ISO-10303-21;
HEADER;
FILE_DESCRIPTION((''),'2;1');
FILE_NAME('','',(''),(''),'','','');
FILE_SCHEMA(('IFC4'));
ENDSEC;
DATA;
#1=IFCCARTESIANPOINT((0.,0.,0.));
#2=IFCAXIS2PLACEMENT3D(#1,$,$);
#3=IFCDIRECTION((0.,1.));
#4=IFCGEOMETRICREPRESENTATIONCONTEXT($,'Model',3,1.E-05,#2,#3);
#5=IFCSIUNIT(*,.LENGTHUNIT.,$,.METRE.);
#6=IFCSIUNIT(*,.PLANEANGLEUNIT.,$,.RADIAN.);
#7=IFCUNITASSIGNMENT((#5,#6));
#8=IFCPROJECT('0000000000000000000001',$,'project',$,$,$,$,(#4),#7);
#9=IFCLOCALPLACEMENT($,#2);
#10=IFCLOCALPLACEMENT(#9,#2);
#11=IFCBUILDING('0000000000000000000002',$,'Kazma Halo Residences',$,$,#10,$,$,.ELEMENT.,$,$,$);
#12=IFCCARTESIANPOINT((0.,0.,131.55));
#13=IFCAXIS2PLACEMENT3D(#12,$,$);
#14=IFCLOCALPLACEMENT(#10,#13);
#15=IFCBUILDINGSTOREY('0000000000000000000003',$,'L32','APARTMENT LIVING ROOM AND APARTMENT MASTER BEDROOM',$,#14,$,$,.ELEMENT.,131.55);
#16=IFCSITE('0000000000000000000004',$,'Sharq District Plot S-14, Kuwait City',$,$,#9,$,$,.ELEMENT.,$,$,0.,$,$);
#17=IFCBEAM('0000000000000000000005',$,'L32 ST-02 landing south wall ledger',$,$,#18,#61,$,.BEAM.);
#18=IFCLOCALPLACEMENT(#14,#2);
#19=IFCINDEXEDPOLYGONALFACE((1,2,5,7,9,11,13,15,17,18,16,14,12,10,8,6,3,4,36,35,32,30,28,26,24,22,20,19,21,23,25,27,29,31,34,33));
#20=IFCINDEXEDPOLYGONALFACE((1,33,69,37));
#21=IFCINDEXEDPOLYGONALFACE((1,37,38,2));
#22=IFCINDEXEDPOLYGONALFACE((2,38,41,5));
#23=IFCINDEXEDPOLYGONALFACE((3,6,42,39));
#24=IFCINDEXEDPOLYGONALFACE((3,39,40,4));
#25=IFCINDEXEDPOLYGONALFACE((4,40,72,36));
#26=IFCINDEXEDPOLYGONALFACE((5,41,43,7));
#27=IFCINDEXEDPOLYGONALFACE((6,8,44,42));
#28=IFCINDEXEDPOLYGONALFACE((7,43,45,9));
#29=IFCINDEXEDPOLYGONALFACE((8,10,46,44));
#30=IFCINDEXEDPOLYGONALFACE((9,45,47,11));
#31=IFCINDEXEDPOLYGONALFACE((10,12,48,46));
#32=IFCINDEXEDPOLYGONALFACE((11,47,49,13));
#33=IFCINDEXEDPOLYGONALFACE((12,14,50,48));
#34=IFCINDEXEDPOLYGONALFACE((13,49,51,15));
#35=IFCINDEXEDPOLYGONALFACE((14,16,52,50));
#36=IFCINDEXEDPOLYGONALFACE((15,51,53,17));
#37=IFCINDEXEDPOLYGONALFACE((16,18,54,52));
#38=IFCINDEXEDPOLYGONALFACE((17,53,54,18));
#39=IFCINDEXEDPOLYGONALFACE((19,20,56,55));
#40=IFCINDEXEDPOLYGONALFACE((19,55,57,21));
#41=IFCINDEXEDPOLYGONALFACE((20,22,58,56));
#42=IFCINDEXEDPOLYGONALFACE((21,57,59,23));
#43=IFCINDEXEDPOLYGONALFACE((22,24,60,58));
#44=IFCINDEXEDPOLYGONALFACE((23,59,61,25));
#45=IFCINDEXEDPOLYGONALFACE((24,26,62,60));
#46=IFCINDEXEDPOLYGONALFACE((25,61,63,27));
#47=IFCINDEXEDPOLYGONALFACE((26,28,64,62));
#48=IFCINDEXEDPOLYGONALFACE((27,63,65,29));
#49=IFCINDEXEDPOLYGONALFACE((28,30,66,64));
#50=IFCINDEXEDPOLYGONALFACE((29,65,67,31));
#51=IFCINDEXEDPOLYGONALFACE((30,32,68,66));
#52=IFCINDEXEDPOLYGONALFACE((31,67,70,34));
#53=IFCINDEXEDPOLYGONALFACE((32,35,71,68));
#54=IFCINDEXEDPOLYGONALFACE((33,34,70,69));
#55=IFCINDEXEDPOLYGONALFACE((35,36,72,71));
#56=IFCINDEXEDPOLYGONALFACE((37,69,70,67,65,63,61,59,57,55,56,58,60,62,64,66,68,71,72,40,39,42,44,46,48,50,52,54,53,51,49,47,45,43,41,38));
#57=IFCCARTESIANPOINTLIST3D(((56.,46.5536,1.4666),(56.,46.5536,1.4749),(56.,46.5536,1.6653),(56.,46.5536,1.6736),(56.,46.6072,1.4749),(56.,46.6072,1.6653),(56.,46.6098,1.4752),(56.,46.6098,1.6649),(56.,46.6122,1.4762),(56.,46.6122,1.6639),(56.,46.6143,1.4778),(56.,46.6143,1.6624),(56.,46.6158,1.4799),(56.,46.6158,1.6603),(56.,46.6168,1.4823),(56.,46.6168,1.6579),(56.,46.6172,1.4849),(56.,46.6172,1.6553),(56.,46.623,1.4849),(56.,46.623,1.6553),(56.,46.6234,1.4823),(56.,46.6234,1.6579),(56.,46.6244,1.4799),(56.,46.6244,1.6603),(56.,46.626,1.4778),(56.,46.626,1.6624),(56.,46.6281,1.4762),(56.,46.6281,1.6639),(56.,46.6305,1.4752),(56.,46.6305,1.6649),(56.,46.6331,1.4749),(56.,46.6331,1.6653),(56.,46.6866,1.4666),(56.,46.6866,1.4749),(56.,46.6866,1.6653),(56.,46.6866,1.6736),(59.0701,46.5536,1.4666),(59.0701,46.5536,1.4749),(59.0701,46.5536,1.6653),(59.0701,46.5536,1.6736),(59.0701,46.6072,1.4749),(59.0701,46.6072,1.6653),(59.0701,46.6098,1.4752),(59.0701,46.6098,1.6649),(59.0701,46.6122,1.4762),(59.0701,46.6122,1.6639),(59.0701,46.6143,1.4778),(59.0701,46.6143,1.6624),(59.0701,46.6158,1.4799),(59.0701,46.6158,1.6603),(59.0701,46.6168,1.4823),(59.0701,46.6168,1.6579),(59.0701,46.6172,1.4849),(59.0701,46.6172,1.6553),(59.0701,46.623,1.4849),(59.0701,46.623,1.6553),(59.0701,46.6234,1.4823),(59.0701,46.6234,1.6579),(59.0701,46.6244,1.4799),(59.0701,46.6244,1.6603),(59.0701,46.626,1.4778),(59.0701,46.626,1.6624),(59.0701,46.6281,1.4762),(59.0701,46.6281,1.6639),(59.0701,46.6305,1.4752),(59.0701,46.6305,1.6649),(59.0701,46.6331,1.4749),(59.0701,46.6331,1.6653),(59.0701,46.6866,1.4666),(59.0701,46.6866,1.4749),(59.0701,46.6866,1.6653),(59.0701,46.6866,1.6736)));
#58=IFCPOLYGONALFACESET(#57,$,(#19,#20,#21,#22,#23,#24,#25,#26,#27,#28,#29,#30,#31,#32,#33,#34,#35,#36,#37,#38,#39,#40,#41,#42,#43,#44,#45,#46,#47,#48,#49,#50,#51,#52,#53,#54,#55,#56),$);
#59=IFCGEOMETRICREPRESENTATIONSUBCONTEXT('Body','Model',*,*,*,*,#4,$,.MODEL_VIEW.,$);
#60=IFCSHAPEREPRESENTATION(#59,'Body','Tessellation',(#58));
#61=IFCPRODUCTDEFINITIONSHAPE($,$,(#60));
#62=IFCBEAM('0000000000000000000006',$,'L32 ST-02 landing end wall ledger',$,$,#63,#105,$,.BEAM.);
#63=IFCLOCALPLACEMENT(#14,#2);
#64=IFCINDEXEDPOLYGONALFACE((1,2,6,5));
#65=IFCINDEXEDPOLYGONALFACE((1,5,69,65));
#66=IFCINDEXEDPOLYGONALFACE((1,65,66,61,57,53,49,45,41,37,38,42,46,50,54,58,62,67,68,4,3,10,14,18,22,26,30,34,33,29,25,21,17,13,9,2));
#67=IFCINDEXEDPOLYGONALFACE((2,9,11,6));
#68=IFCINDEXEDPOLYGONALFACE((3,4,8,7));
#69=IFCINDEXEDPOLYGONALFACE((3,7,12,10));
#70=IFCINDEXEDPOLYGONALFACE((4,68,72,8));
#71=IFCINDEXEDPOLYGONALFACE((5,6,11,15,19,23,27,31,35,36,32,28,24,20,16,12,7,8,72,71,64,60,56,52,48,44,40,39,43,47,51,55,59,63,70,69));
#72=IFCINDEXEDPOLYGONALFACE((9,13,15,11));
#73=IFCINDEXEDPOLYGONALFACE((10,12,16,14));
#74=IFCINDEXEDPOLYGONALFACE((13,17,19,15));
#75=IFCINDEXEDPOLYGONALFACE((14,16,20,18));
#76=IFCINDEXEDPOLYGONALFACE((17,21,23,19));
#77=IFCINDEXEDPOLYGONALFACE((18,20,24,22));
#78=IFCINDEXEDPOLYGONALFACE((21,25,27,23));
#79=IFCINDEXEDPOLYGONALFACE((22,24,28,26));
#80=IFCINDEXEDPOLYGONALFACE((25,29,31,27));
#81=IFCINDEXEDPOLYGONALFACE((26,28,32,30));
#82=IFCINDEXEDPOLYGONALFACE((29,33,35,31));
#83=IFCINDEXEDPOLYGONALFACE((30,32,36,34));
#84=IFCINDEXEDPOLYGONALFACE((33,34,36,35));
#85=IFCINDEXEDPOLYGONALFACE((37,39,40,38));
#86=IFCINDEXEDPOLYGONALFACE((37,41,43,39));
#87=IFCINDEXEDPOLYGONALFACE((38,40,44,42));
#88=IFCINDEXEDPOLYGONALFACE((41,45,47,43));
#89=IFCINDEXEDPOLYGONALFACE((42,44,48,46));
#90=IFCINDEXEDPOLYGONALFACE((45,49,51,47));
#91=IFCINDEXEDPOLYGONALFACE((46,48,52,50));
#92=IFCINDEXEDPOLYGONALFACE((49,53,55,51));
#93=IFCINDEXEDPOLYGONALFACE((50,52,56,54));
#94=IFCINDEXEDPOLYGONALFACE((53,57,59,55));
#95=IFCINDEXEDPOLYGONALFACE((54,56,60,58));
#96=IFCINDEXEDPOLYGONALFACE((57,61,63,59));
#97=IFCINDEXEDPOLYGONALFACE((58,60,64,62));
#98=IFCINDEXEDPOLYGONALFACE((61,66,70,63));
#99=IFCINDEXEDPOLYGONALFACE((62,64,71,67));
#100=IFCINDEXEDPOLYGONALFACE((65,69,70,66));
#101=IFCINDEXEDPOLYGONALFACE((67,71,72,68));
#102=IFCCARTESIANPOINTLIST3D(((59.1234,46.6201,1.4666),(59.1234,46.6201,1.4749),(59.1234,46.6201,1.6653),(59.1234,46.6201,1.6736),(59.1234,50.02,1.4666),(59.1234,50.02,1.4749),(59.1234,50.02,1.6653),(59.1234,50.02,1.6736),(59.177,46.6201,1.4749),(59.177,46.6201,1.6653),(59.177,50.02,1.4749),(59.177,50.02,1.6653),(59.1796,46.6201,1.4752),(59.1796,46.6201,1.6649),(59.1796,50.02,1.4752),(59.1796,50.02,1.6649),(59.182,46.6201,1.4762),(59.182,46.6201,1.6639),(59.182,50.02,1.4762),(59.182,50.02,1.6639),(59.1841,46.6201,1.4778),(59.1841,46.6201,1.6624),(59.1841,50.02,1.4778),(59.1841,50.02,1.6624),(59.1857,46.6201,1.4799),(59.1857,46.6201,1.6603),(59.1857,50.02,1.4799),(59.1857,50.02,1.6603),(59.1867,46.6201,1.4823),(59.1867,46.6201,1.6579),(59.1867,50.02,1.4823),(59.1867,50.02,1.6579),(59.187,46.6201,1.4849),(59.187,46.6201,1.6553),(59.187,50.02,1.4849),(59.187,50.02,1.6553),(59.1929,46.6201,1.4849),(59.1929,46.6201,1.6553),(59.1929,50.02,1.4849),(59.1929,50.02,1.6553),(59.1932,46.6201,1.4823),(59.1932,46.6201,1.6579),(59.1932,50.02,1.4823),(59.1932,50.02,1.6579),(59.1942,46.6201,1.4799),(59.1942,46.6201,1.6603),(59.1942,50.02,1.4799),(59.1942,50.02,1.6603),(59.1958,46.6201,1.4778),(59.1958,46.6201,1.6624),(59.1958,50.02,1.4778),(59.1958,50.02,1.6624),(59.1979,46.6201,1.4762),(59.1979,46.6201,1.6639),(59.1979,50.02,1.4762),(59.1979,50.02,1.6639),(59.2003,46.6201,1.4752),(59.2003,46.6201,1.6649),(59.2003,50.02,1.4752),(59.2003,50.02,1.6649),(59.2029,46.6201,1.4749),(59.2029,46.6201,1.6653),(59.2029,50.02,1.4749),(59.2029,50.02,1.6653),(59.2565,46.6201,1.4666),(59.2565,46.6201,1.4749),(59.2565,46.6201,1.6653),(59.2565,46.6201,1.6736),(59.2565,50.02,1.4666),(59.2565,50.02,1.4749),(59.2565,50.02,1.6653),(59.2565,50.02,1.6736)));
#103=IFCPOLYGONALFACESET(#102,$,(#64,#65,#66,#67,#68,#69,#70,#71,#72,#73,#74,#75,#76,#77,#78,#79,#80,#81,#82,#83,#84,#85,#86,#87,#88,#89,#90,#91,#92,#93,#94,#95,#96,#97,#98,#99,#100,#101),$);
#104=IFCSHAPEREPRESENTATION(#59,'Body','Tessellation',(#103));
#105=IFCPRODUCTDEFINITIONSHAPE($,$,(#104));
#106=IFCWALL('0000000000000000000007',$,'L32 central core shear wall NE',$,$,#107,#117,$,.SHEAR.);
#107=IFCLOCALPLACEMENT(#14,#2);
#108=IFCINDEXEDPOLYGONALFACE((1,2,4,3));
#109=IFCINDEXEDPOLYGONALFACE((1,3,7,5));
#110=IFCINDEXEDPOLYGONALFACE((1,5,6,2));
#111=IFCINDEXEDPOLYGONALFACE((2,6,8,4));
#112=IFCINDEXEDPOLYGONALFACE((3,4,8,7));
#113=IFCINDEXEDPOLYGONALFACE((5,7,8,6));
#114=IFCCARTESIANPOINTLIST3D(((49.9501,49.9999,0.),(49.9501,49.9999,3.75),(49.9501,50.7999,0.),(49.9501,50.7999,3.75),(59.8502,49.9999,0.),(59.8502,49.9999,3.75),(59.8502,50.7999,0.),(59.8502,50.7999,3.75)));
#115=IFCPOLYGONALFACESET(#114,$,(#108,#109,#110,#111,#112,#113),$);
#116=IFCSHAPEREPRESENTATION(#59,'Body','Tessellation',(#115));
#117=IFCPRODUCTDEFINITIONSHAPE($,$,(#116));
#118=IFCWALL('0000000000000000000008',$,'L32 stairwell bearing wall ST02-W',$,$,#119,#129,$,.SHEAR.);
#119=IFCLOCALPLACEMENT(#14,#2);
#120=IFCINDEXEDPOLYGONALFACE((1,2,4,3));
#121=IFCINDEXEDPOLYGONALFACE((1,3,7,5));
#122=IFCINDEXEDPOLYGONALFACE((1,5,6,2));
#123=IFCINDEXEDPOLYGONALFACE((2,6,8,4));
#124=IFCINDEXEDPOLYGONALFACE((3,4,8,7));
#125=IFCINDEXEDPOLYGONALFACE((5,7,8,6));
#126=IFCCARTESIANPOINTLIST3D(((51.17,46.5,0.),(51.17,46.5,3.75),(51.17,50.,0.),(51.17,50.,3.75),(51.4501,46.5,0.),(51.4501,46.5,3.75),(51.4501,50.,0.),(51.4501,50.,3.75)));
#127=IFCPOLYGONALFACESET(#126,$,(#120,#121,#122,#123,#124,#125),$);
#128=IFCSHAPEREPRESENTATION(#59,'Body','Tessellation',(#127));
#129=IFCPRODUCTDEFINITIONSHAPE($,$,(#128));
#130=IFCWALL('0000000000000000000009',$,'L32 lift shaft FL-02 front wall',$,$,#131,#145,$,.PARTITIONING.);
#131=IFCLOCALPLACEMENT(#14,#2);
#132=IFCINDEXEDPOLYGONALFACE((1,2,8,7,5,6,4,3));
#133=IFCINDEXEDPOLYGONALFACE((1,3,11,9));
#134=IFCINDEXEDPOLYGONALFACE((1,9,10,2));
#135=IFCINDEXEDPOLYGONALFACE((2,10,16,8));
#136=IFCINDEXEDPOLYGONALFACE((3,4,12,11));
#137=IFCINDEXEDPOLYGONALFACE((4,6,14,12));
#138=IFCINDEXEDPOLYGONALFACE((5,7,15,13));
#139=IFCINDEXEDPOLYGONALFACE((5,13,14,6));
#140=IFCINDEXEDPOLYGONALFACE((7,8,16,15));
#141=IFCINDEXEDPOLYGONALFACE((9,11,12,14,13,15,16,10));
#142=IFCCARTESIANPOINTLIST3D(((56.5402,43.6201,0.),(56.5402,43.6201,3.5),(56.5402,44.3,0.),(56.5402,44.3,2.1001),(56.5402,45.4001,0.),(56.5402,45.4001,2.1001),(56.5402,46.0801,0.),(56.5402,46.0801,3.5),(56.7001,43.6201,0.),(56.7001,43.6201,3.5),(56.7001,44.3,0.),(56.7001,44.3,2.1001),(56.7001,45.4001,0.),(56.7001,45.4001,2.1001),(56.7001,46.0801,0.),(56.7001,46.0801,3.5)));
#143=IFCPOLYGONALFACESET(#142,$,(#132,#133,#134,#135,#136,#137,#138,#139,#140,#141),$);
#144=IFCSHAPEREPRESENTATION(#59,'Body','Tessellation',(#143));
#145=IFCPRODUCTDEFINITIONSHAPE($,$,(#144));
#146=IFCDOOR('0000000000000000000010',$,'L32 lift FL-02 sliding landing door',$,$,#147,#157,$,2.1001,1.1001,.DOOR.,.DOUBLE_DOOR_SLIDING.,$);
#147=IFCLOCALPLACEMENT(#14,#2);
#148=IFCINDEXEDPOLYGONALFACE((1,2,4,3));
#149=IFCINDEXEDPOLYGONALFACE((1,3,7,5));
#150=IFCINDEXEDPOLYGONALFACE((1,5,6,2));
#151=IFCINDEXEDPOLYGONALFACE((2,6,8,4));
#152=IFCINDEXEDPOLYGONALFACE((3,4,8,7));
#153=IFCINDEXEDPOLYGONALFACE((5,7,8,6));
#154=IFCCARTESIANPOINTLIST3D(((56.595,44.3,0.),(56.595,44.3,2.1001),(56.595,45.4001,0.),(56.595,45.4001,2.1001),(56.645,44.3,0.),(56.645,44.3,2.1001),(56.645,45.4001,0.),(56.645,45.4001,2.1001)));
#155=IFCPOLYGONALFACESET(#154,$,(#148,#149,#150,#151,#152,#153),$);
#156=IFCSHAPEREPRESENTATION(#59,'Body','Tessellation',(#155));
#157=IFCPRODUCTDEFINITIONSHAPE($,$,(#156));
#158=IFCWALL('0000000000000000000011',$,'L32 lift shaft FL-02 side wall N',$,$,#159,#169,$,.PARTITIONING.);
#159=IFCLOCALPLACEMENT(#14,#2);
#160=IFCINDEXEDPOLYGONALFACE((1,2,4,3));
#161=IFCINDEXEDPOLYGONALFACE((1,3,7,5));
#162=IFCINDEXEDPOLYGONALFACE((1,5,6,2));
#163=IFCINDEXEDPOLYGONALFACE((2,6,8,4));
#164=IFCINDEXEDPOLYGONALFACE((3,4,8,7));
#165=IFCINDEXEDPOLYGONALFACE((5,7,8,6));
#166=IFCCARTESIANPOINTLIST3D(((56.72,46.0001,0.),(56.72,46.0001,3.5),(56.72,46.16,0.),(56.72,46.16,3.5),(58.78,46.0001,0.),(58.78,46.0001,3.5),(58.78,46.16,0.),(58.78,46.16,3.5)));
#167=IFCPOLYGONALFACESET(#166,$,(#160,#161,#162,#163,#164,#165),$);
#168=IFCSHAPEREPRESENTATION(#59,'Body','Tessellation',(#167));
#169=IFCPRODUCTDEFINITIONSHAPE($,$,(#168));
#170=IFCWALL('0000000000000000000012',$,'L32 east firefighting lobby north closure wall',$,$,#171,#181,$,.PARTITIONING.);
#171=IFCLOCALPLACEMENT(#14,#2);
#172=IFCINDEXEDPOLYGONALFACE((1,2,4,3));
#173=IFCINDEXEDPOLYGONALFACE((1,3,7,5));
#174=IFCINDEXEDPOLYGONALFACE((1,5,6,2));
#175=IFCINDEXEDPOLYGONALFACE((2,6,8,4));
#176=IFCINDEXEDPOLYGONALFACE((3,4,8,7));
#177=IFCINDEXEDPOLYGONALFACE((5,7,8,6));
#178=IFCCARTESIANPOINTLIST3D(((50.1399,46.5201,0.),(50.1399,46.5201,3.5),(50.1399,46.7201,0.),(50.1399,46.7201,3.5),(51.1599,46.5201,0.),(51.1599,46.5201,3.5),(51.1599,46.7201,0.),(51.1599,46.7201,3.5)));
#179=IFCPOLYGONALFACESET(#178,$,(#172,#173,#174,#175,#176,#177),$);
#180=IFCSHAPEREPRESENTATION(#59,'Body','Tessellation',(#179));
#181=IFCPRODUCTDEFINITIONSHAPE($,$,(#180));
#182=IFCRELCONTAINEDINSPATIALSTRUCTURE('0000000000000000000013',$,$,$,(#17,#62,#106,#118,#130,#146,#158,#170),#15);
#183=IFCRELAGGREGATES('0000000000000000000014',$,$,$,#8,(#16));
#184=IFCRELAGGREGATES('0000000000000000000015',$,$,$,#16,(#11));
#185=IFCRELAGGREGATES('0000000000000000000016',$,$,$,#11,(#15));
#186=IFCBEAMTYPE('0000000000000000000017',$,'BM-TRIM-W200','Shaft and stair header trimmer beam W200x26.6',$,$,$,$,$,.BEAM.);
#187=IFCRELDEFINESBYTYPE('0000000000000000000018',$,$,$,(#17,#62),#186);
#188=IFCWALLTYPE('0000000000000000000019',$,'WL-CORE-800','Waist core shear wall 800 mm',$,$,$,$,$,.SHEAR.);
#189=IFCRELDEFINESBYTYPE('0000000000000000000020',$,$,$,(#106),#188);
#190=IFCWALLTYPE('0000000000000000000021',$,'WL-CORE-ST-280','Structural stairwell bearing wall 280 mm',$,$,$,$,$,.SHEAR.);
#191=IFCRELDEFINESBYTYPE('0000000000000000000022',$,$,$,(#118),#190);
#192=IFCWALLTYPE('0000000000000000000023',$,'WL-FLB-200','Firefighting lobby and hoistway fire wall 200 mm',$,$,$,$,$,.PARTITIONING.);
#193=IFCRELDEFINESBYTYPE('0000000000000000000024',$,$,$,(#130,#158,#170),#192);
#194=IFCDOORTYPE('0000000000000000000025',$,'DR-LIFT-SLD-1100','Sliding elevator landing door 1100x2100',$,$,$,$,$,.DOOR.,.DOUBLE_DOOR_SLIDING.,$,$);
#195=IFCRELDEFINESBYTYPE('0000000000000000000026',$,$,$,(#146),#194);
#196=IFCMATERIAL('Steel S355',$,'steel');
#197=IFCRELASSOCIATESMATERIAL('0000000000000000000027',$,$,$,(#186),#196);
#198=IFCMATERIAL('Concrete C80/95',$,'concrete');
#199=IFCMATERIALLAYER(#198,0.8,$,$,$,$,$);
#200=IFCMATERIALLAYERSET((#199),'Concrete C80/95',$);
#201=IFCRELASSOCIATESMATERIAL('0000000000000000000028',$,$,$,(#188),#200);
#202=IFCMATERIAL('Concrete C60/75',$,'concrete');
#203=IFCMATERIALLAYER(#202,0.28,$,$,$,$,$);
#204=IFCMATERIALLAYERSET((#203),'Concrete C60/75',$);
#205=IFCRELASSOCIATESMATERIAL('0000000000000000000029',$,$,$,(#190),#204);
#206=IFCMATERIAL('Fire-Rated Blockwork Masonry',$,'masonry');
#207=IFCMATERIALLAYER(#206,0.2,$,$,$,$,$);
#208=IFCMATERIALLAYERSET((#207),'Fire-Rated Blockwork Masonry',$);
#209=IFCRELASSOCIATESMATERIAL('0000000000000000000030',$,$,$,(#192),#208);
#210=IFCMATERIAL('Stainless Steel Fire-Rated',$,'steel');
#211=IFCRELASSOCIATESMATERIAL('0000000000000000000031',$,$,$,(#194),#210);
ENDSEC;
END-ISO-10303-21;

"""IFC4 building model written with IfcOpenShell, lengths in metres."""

from ifc_helpers import new_model, si_unit, direction, frame, frame_2d, origin, origin_2d, place, context, subcontext, project, spatial, rectangle, i_section, extrude, material, layer, layer_set, material_profile, profile_set, type_object, element, fill, save


model = new_model("IFC4")

# Units and contexts
model_context = context("Model", 3, precision=1e-05, world=origin(), true_north=direction((0.0, 1.0)))
body_context = subcontext(model_context, "Body", "Model", "MODEL_VIEW")
ifc_project = project(units=[si_unit("LENGTHUNIT", "METRE"), si_unit("PLANEANGLEUNIT", "RADIAN")], contexts=[model_context])

# Site, building, storey
site_placement = place(None, origin())
site = spatial("IfcSite", under=ifc_project, at=site_placement, Name="Sharq District Plot S-14, Kuwait City", CompositionType="ELEMENT", RefElevation=0.0)
building_placement = place(site_placement, origin())
building = spatial("IfcBuilding", under=site, at=building_placement, Name="Kazma Halo Residences", CompositionType="ELEMENT")
storey_placement = place(building_placement, frame((0.0, 0.0, 131.55)))
storey = spatial("IfcBuildingStorey", under=building, at=storey_placement, Name="L32", Description="APARTMENT LIVING ROOM AND APARTMENT MASTER BEDROOM", CompositionType="ELEMENT", Elevation=131.55)

# Shared definitions
ifc_material_1 = material(Name="Steel S355", Category="steel")

# Beams
ifc_material_profile_1 = material_profile(ifc_material_1, i_section(OverallWidth=0.1331, OverallDepth=0.207, WebThickness=0.0059, FlangeThickness=0.0083, FilletRadius=0.01, at=origin_2d()), Name="W200x26.6")
ifc_profile_set_1 = profile_set([ifc_material_profile_1], Name="Steel S355")
beam_type_1 = type_object("IfcBeamType", Name="BM-TRIM-W200", Description="Shaft and stair header trimmer beam W200x26.6", PredefinedType="BEAM", material=ifc_profile_set_1)
beam_1_placement = place(storey_placement, frame((56.0, 46.6201, 1.5701), z_axis=(1.0, 0.0, 0.0), x_axis=(0.0, 1.0, 0.0)))
element("IfcBeam", 1, at=beam_1_placement, inside=storey, type_object=beam_type_1, Name="L32 ST-02 landing south wall ledger", PredefinedType="BEAM", context=body_context, shape_type="SweptSolid", body=[
    extrude(i_section(OverallWidth=0.1331, OverallDepth=0.207, WebThickness=0.0059, FlangeThickness=0.0083, FilletRadius=0.01, at=origin_2d()), origin(), (0.0, 0.0, 1.0), 3.0701),
])
beam_2_placement = place(storey_placement, frame((59.1899, 46.6201, 1.5701), z_axis=(0.0, 1.0, 0.0), x_axis=(-1.0, 0.0, 0.0)))
element("IfcBeam", 2, at=beam_2_placement, inside=storey, type_object=beam_type_1, Name="L32 ST-02 landing end wall ledger", PredefinedType="BEAM", context=body_context, shape_type="SweptSolid", body=[
    extrude(i_section(OverallWidth=0.1331, OverallDepth=0.207, WebThickness=0.0059, FlangeThickness=0.0083, FilletRadius=0.01, at=origin_2d()), origin(), (0.0, 0.0, 1.0), 3.3999),
])

# Walls
ifc_material_2 = material(Name="Concrete C80/95", Category="concrete")
ifc_layer_1 = layer(ifc_material_2, 0.8)
ifc_layer_set_1 = layer_set([ifc_layer_1], Name="Concrete C80/95")
wall_type_1 = type_object("IfcWallType", Name="WL-CORE-800", Description="Waist core shear wall 800 mm", PredefinedType="SHEAR", material=ifc_layer_set_1)
wall_1_placement = place(storey_placement, frame((49.95, 50.3999, 0.0), z_axis=(0.0, 0.0, 1.0), x_axis=(1.0, 0.0, 0.0)))
element("IfcWall", 3, at=wall_1_placement, inside=storey, type_object=wall_type_1, Name="L32 central core shear wall NE", PredefinedType="SHEAR", context=body_context, shape_type="SweptSolid", body=[
    extrude(rectangle(XDim=9.9001, YDim=0.8, at=frame_2d((4.9502, 0.0))), origin(), (0.0, 0.0, 1.0), 3.75),
])
ifc_material_3 = material(Name="Concrete C60/75", Category="concrete")
ifc_layer_2 = layer(ifc_material_3, 0.28)
ifc_layer_set_2 = layer_set([ifc_layer_2], Name="Concrete C60/75")
wall_type_2 = type_object("IfcWallType", Name="WL-CORE-ST-280", Description="Structural stairwell bearing wall 280 mm", PredefinedType="SHEAR", material=ifc_layer_set_2)
wall_2_placement = place(storey_placement, frame((51.3101, 46.5, 0.0), z_axis=(0.0, 0.0, 1.0), x_axis=(0.0, 1.0, 0.0)))
element("IfcWall", 4, at=wall_2_placement, inside=storey, type_object=wall_type_2, Name="L32 stairwell bearing wall ST02-W", PredefinedType="SHEAR", context=body_context, shape_type="SweptSolid", body=[
    extrude(rectangle(XDim=3.5, YDim=0.28, at=frame_2d((1.75, 0.0))), origin(), (0.0, 0.0, 1.0), 3.75),
])

# Wall, opening, door
ifc_material_4 = material(Name="Fire-Rated Blockwork Masonry", Category="masonry")
ifc_layer_3 = layer(ifc_material_4, 0.2)
ifc_layer_set_3 = layer_set([ifc_layer_3], Name="Fire-Rated Blockwork Masonry")
wall_type_3 = type_object("IfcWallType", Name="WL-FLB-200", Description="Firefighting lobby and hoistway fire wall 200 mm", PredefinedType="PARTITIONING", material=ifc_layer_set_3)
wall_3_placement = place(storey_placement, frame((56.6201, 46.0801, 0.0), z_axis=(0.0, 0.0, 1.0), x_axis=(0.0, -1.0, 0.0)))
wall_3 = element("IfcWall", 5, at=wall_3_placement, inside=storey, type_object=wall_type_3, Name="L32 lift shaft FL-02 front wall", PredefinedType="PARTITIONING", context=body_context, shape_type="SweptSolid", body=[
    extrude(rectangle(XDim=2.46, YDim=0.1599, at=frame_2d((1.23, 0.0))), origin(), (0.0, 0.0, 1.0), 3.5),
])
opening_1_placement = place(wall_3_placement, frame((0.6799, 0.0, 0.0)))
opening_1 = element("IfcOpeningElement", 6, at=opening_1_placement, cuts=wall_3, PredefinedType="OPENING", context=body_context, shape_type="SweptSolid", body=[
    extrude(rectangle(XDim=1.1001, YDim=2.1001, at=frame_2d((0.55, 1.05))), frame((0.0, 0.0898, 0.0), z_axis=(0.0, -1.0, 0.0), x_axis=(1.0, 0.0, 0.0)), (0.0, 0.0, 1.0), 0.1799),
])
ifc_material_5 = material(Name="Stainless Steel Fire-Rated", Category="steel")
door_type_1 = type_object("IfcDoorType", Name="DR-LIFT-SLD-1100", Description="Sliding elevator landing door 1100x2100", OperationType="DOUBLE_DOOR_SLIDING", PredefinedType="DOOR", material=ifc_material_5)
door_1_placement = place(opening_1_placement, origin())
door_1 = element("IfcDoor", 7, at=door_1_placement, inside=storey, type_object=door_type_1, Name="L32 lift FL-02 sliding landing door", OperationType="DOUBLE_DOOR_SLIDING", OverallHeight=2.1001, OverallWidth=1.1001, PredefinedType="DOOR", context=body_context, shape_type="SweptSolid", body=[
    extrude(rectangle(XDim=1.1001, YDim=2.1001, at=frame_2d((0.55, 1.05))), frame((0.0, 0.0249, 0.0), z_axis=(0.0, -1.0, 0.0), x_axis=(1.0, 0.0, 0.0)), (0.0, 0.0, 1.0), 0.05),
])
fill(opening_1, door_1)

# Walls
wall_4_placement = place(storey_placement, frame((56.72, 46.0801, 0.0), z_axis=(0.0, 0.0, 1.0), x_axis=(1.0, 0.0, 0.0)))
element("IfcWall", 8, at=wall_4_placement, inside=storey, type_object=wall_type_3, Name="L32 lift shaft FL-02 side wall N", PredefinedType="PARTITIONING", context=body_context, shape_type="SweptSolid", body=[
    extrude(rectangle(XDim=2.0601, YDim=0.1599, at=frame_2d((1.03, 0.0))), origin(), (0.0, 0.0, 1.0), 3.5),
])
wall_5_placement = place(storey_placement, frame((50.1399, 46.6201, 0.0), z_axis=(0.0, 0.0, 1.0), x_axis=(1.0, 0.0, 0.0)))
element("IfcWall", 9, at=wall_5_placement, inside=storey, type_object=wall_type_3, Name="L32 east firefighting lobby north closure wall", PredefinedType="PARTITIONING", context=body_context, shape_type="SweptSolid", body=[
    extrude(rectangle(XDim=1.02, YDim=0.2, at=frame_2d((0.51, 0.0))), origin(), (0.0, 0.0, 1.0), 3.5),
])

save(model, "model.ifc")
